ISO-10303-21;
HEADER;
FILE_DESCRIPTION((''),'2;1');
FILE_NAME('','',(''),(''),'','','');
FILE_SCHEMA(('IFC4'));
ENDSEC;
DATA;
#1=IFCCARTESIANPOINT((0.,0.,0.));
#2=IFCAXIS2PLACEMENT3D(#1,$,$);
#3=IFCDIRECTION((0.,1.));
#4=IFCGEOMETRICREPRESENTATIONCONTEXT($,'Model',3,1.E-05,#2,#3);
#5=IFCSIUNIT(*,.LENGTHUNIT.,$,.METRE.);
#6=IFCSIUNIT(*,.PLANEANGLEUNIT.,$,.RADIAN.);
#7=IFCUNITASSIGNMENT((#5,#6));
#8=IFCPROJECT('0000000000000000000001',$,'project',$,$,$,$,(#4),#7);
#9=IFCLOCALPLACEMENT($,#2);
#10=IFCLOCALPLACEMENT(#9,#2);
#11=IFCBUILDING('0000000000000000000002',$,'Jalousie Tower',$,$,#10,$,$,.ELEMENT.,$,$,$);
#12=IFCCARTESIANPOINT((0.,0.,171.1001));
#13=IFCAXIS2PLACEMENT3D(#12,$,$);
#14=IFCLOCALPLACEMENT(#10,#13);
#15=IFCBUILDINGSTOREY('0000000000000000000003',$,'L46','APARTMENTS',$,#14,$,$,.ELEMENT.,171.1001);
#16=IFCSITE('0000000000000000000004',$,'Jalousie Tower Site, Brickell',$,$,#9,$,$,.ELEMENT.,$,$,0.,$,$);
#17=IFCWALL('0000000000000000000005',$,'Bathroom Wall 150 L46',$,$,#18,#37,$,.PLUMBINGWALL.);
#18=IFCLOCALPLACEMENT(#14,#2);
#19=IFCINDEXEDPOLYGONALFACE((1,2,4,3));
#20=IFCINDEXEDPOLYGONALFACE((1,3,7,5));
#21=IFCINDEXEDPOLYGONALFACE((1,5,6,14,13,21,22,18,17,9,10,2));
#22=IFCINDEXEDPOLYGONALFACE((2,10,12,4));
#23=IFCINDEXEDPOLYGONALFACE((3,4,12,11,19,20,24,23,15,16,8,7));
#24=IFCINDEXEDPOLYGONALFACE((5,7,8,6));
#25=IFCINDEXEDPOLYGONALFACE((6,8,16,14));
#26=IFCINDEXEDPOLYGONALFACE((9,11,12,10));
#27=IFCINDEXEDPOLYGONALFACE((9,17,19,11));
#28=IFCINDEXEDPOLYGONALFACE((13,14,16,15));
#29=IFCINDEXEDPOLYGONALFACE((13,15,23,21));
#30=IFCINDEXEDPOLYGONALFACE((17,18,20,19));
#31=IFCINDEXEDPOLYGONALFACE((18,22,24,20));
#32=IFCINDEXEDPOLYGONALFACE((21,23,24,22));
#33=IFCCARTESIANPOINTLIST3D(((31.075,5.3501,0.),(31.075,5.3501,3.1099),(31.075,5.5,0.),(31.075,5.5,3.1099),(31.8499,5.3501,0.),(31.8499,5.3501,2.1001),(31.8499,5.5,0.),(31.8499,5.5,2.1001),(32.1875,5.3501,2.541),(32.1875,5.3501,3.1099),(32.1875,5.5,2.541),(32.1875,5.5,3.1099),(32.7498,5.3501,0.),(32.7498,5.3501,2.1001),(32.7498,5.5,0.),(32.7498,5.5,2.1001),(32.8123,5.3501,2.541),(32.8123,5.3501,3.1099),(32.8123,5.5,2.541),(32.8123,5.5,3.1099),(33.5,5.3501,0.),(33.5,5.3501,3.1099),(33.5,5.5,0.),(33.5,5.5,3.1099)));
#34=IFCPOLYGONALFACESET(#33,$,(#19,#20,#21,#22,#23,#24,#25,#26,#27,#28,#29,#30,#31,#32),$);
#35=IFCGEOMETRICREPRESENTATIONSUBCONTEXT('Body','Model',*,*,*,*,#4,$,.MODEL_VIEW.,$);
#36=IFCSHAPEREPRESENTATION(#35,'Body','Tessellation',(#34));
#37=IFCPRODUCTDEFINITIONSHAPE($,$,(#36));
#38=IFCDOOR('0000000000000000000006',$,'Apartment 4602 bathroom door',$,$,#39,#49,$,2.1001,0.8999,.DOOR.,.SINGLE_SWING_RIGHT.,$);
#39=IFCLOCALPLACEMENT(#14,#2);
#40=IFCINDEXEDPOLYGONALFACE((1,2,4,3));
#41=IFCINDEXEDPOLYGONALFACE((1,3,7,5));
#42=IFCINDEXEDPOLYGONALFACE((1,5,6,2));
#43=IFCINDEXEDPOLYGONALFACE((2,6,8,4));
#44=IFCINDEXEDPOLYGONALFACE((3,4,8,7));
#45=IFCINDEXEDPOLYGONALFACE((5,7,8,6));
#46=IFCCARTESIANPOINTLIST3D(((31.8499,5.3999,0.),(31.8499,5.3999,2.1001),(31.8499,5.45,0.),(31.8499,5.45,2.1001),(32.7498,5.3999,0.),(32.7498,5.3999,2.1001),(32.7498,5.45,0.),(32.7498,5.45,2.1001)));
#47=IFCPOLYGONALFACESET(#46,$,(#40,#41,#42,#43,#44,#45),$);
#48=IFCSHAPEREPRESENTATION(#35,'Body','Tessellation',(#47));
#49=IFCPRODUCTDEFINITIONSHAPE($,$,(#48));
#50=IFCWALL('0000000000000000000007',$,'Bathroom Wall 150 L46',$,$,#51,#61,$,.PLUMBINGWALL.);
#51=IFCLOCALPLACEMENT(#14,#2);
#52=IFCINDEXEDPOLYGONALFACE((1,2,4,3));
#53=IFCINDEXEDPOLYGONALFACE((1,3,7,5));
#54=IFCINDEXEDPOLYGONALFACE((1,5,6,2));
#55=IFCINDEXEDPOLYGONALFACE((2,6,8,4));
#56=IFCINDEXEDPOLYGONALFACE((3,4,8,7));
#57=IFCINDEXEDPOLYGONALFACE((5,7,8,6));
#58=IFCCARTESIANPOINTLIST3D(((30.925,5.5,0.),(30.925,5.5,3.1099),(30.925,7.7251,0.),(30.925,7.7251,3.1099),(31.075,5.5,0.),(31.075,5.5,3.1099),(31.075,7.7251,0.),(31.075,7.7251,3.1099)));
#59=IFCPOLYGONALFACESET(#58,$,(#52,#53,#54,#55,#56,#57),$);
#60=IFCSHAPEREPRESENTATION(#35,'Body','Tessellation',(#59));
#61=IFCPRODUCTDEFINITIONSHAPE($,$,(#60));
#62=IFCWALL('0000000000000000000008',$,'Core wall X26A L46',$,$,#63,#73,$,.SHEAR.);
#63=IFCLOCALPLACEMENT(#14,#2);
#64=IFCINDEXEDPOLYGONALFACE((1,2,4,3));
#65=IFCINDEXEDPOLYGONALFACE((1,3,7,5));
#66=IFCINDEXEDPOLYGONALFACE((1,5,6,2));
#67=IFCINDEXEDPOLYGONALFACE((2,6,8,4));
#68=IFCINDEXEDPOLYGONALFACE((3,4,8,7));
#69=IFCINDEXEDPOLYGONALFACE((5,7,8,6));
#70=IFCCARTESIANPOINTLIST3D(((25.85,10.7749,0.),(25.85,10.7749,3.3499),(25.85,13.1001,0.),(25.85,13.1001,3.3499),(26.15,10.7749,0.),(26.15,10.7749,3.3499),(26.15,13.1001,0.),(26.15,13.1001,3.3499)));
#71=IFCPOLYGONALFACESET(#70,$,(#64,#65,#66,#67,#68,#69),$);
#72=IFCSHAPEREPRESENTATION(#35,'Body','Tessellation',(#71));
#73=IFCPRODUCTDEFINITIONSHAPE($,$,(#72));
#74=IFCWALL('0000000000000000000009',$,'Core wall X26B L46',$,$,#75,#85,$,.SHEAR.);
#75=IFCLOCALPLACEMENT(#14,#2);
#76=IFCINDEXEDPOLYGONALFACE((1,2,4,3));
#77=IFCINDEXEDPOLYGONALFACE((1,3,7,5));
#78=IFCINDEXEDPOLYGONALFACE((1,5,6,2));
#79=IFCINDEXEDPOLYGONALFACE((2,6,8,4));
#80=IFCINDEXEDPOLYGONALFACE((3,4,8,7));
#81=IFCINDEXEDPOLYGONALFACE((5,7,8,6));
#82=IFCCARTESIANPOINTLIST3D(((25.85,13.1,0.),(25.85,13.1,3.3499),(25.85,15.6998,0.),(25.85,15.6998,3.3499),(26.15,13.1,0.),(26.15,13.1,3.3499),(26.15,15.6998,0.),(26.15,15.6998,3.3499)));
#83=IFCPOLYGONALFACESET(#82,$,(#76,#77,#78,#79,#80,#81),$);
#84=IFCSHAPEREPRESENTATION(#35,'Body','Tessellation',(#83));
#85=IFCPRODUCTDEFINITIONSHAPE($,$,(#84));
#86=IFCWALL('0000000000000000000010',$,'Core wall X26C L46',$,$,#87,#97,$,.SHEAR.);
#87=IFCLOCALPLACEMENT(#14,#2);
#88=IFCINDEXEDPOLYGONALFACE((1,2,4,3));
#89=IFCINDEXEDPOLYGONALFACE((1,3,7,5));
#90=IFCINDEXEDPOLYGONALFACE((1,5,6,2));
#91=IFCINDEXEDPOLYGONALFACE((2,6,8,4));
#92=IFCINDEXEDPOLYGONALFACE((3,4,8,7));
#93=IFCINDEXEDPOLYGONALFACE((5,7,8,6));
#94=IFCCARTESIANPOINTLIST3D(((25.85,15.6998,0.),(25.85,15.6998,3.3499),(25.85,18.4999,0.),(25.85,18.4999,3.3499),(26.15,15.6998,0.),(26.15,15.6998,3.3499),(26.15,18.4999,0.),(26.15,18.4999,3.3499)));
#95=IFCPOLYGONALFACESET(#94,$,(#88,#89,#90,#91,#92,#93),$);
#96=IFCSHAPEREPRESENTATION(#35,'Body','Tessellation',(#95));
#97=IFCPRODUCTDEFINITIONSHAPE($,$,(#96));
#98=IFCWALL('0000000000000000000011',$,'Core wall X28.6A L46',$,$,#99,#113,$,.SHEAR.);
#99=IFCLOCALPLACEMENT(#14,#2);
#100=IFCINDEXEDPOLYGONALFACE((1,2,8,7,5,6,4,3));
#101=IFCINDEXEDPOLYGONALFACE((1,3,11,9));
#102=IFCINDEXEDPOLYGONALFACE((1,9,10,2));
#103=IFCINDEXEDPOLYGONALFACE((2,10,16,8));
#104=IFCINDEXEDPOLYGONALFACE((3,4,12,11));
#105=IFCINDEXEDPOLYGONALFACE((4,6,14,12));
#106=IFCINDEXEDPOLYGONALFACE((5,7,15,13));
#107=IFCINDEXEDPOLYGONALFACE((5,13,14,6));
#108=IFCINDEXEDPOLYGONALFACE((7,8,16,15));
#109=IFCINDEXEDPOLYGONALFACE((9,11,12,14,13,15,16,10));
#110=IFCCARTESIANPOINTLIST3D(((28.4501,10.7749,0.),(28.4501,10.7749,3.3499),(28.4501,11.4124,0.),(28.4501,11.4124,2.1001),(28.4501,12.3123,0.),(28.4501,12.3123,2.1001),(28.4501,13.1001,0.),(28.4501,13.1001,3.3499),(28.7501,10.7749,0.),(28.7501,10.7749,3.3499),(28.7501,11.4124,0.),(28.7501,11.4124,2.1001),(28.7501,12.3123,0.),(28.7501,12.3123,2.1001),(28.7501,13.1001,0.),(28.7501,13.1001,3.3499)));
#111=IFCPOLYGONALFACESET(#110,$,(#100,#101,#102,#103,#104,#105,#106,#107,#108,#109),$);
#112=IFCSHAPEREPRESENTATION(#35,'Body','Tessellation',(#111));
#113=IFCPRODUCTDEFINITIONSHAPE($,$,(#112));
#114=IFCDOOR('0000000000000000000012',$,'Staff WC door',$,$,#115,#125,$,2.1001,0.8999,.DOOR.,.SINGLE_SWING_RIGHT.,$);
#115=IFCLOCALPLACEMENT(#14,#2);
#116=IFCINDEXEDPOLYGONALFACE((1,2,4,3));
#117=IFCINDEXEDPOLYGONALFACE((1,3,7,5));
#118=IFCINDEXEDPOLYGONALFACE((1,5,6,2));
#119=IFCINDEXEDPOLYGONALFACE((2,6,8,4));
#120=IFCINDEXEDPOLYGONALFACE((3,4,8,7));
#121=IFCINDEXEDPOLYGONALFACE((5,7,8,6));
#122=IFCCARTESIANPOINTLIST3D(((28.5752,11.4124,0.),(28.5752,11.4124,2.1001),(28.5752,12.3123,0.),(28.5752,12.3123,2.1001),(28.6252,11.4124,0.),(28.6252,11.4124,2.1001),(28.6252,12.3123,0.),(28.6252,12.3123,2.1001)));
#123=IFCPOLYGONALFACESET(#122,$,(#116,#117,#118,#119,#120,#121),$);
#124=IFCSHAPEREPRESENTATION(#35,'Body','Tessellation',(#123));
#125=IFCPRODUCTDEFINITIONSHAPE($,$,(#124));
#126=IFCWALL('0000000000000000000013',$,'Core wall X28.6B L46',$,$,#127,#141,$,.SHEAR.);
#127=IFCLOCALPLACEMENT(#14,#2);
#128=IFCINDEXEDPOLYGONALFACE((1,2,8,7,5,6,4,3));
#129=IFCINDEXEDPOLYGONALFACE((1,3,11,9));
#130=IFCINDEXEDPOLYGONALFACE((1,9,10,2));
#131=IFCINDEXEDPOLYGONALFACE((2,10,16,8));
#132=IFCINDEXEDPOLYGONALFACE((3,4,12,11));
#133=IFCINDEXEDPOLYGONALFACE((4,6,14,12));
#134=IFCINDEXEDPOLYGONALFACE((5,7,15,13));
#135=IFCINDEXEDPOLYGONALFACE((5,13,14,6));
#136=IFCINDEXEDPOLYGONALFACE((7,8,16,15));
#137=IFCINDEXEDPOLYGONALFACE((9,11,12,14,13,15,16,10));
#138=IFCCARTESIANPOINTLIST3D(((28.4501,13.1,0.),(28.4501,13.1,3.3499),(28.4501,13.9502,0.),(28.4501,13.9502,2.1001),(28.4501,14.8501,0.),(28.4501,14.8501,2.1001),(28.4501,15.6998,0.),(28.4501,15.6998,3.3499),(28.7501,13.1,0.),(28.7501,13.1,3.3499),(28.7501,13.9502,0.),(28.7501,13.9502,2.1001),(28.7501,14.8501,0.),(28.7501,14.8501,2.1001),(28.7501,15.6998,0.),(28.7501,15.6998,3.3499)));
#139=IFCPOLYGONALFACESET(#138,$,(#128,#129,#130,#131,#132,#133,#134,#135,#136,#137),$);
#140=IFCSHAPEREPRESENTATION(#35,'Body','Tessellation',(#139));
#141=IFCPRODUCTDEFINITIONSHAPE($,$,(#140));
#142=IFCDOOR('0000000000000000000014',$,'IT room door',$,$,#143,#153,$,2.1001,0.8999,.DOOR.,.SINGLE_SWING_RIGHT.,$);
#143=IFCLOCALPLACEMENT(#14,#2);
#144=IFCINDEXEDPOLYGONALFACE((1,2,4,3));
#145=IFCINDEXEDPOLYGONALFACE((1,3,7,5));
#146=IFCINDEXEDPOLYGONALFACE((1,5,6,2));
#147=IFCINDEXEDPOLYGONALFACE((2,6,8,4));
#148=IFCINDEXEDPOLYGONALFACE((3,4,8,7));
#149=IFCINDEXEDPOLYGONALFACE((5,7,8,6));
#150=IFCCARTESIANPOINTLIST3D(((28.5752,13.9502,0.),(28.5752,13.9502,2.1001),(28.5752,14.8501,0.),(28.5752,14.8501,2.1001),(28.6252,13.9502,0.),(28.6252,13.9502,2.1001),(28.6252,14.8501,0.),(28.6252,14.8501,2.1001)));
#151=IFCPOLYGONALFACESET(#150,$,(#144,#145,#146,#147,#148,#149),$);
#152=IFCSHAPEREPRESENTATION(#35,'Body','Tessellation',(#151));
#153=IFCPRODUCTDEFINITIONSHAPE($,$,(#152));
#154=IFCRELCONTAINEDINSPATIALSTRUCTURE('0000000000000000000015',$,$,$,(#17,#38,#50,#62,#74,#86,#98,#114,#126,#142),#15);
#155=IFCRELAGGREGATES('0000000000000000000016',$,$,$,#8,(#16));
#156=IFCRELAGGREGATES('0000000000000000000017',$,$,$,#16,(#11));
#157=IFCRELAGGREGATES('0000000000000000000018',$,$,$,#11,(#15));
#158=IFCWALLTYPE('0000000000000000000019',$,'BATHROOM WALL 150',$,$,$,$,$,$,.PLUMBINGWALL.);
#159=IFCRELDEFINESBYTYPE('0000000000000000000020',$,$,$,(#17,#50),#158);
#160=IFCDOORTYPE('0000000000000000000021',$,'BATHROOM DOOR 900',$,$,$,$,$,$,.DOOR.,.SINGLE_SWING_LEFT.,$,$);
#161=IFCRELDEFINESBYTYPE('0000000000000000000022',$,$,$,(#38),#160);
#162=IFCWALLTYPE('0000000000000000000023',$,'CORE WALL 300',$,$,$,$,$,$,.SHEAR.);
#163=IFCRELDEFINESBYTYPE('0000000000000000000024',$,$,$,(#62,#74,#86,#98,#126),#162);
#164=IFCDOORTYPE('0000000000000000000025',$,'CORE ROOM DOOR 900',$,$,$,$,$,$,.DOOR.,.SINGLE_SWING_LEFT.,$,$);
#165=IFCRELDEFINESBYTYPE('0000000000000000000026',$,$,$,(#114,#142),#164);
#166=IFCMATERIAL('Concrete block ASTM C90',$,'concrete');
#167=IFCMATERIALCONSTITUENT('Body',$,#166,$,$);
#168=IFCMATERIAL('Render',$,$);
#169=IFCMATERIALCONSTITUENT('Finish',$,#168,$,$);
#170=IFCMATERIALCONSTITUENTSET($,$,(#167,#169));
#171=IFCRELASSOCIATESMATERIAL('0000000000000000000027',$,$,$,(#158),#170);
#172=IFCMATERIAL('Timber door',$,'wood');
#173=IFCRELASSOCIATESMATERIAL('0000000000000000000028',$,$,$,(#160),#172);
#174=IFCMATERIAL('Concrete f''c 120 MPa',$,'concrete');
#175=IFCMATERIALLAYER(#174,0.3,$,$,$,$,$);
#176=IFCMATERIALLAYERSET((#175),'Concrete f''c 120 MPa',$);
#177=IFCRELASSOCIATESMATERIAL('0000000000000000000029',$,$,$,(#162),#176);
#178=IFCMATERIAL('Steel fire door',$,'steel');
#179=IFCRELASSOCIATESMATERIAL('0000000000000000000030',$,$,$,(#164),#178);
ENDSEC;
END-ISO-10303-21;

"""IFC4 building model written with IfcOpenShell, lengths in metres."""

from ifc_helpers import new_model, si_unit, direction, frame, frame_2d, origin, place, context, subcontext, project, spatial, polyline, rectangle, outline, extrude, material, layer, layer_set, constituent, constituent_set, type_object, element, fill, save


model = new_model("IFC4")

# Units and contexts
model_context = context("Model", 3, precision=1e-05, world=origin(), true_north=direction((0.0, 1.0)))
body_context = subcontext(model_context, "Body", "Model", "MODEL_VIEW")
ifc_project = project(units=[si_unit("LENGTHUNIT", "METRE"), si_unit("PLANEANGLEUNIT", "RADIAN")], contexts=[model_context])

# Site, building, storey
site_placement = place(None, origin())
site = spatial("IfcSite", under=ifc_project, at=site_placement, Name="Jalousie Tower Site, Brickell", CompositionType="ELEMENT", RefElevation=0.0)
building_placement = place(site_placement, origin())
building = spatial("IfcBuilding", under=site, at=building_placement, Name="Jalousie Tower", CompositionType="ELEMENT")
storey_placement = place(building_placement, frame((0.0, 0.0, 171.1001)))
storey = spatial("IfcBuildingStorey", under=building, at=storey_placement, Name="L46", Description="APARTMENTS", CompositionType="ELEMENT", Elevation=171.1001)

# Wall, opening, door
ifc_material_1 = material(Name="Concrete block ASTM C90", Category="concrete")
ifc_constituent_1 = constituent(ifc_material_1, Name="Body")
ifc_material_2 = material(Name="Render")
ifc_constituent_2 = constituent(ifc_material_2, Name="Finish")
ifc_constituent_set_1 = constituent_set(constituents=[ifc_constituent_1, ifc_constituent_2])
wall_type_1 = type_object("IfcWallType", Name="BATHROOM WALL 150", PredefinedType="PLUMBINGWALL", material=ifc_constituent_set_1)
wall_1_placement = place(storey_placement, frame((31.075, 5.425, 0.0), z_axis=(0.0, 0.0, 1.0), x_axis=(1.0, 0.0, 0.0)))
wall_1 = element("IfcWall", 1, at=wall_1_placement, inside=storey, type_object=wall_type_1, Name="Bathroom Wall 150 L46", PredefinedType="PLUMBINGWALL", context=body_context, shape_type="SweptSolid", body=[
    extrude(outline(polyline([(0.0, 0.0), (2.425, 0.0), (2.425, 3.1099), (1.7373, 3.1099), (1.7373, 2.541), (1.1125, 2.541), (1.1125, 3.1099), (0.0, 3.1099), (0.0, 0.0)])), frame((0.0, 0.075, 0.0), z_axis=(0.0, -1.0, 0.0), x_axis=(1.0, 0.0, 0.0)), (0.0, 0.0, 1.0), 0.1499),
])
opening_1_placement = place(wall_1_placement, frame((0.7749, 0.0, 0.0)))
opening_1 = element("IfcOpeningElement", 2, at=opening_1_placement, cuts=wall_1, PredefinedType="OPENING", context=body_context, shape_type="SweptSolid", body=[
    extrude(rectangle(XDim=0.8999, YDim=2.1001, at=frame_2d((0.45, 1.05))), frame((0.0, 0.085, 0.0), z_axis=(0.0, -1.0, 0.0), x_axis=(1.0, 0.0, 0.0)), (0.0, 0.0, 1.0), 0.1699),
])
ifc_material_3 = material(Name="Timber door", Category="wood")
door_type_1 = type_object("IfcDoorType", Name="BATHROOM DOOR 900", OperationType="SINGLE_SWING_LEFT", PredefinedType="DOOR", material=ifc_material_3)
door_1_placement = place(opening_1_placement, origin())
door_1 = element("IfcDoor", 3, at=door_1_placement, inside=storey, type_object=door_type_1, Name="Apartment 4602 bathroom door", OperationType="SINGLE_SWING_RIGHT", OverallHeight=2.1001, OverallWidth=0.8999, PredefinedType="DOOR", context=body_context, shape_type="SweptSolid", body=[
    extrude(rectangle(XDim=0.8999, YDim=2.1001, at=frame_2d((0.45, 1.05))), frame((0.0, 0.0249, 0.0), z_axis=(0.0, -1.0, 0.0), x_axis=(1.0, 0.0, 0.0)), (0.0, 0.0, 1.0), 0.05),
])
fill(opening_1, door_1)

# Walls
wall_2_placement = place(storey_placement, frame((31.0, 5.5, 0.0), z_axis=(0.0, 0.0, 1.0), x_axis=(0.0, 1.0, 0.0)))
element("IfcWall", 4, at=wall_2_placement, inside=storey, type_object=wall_type_1, Name="Bathroom Wall 150 L46", PredefinedType="PLUMBINGWALL", context=body_context, shape_type="SweptSolid", body=[
    extrude(rectangle(XDim=2.2251, YDim=0.1499, at=frame_2d((1.1125, 0.0))), origin(), (0.0, 0.0, 1.0), 3.1099),
])
ifc_material_4 = material(Name="Concrete f'c 120 MPa", Category="concrete")
ifc_layer = layer(ifc_material_4, 0.3)
ifc_layer_set = layer_set([ifc_layer], Name="Concrete f'c 120 MPa")
wall_type_2 = type_object("IfcWallType", Name="CORE WALL 300", PredefinedType="SHEAR", material=ifc_layer_set)
wall_3_placement = place(storey_placement, frame((26.0, 10.7749, 0.0), z_axis=(0.0, 0.0, 1.0), x_axis=(0.0, 1.0, 0.0)))
element("IfcWall", 5, at=wall_3_placement, inside=storey, type_object=wall_type_2, Name="Core wall X26A L46", PredefinedType="SHEAR", context=body_context, shape_type="SweptSolid", body=[
    extrude(rectangle(XDim=2.3252, YDim=0.3, at=frame_2d((1.1626, 0.0))), origin(), (0.0, 0.0, 1.0), 3.3499),
])
wall_4_placement = place(storey_placement, frame((26.0, 13.1001, 0.0), z_axis=(0.0, 0.0, 1.0), x_axis=(0.0, 1.0, 0.0)))
element("IfcWall", 6, at=wall_4_placement, inside=storey, type_object=wall_type_2, Name="Core wall X26B L46", PredefinedType="SHEAR", context=body_context, shape_type="SweptSolid", body=[
    extrude(rectangle(XDim=2.5999, YDim=0.3, at=frame_2d((1.2998, 0.0))), origin(), (0.0, 0.0, 1.0), 3.3499),
])
wall_5_placement = place(storey_placement, frame((26.0, 15.7, 0.0), z_axis=(0.0, 0.0, 1.0), x_axis=(0.0, 1.0, 0.0)))
element("IfcWall", 7, at=wall_5_placement, inside=storey, type_object=wall_type_2, Name="Core wall X26C L46", PredefinedType="SHEAR", context=body_context, shape_type="SweptSolid", body=[
    extrude(rectangle(XDim=2.8, YDim=0.3, at=frame_2d((1.3999, 0.0))), origin(), (0.0, 0.0, 1.0), 3.3499),
])

# Walls, openings, doors
wall_6_placement = place(storey_placement, frame((28.6001, 10.7749, 0.0), z_axis=(0.0, 0.0, 1.0), x_axis=(0.0, 1.0, 0.0)))
wall_6 = element("IfcWall", 8, at=wall_6_placement, inside=storey, type_object=wall_type_2, Name="Core wall X28.6A L46", PredefinedType="SHEAR", context=body_context, shape_type="SweptSolid", body=[
    extrude(rectangle(XDim=2.3252, YDim=0.3, at=frame_2d((1.1626, 0.0))), origin(), (0.0, 0.0, 1.0), 3.3499),
])
opening_2_placement = place(wall_6_placement, frame((0.6375, 0.0, 0.0)))
opening_2 = element("IfcOpeningElement", 9, at=opening_2_placement, cuts=wall_6, PredefinedType="OPENING", context=body_context, shape_type="SweptSolid", body=[
    extrude(rectangle(XDim=0.8999, YDim=2.1001, at=frame_2d((0.45, 1.05))), frame((0.0, 0.1599, 0.0), z_axis=(0.0, -1.0, 0.0), x_axis=(1.0, 0.0, 0.0)), (0.0, 0.0, 1.0), 0.3201),
])
ifc_material_5 = material(Name="Steel fire door", Category="steel")
door_type_2 = type_object("IfcDoorType", Name="CORE ROOM DOOR 900", OperationType="SINGLE_SWING_LEFT", PredefinedType="DOOR", material=ifc_material_5)
door_2_placement = place(opening_2_placement, origin())
door_2 = element("IfcDoor", 10, at=door_2_placement, inside=storey, type_object=door_type_2, Name="Staff WC door", OperationType="SINGLE_SWING_RIGHT", OverallHeight=2.1001, OverallWidth=0.8999, PredefinedType="DOOR", context=body_context, shape_type="SweptSolid", body=[
    extrude(rectangle(XDim=0.8999, YDim=2.1001, at=frame_2d((0.45, 1.05))), frame((0.0, 0.0249, 0.0), z_axis=(0.0, -1.0, 0.0), x_axis=(1.0, 0.0, 0.0)), (0.0, 0.0, 1.0), 0.05),
])
fill(opening_2, door_2)
wall_7_placement = place(storey_placement, frame((28.6001, 13.1001, 0.0), z_axis=(0.0, 0.0, 1.0), x_axis=(0.0, 1.0, 0.0)))
wall_7 = element("IfcWall", 11, at=wall_7_placement, inside=storey, type_object=wall_type_2, Name="Core wall X28.6B L46", PredefinedType="SHEAR", context=body_context, shape_type="SweptSolid", body=[
    extrude(rectangle(XDim=2.5999, YDim=0.3, at=frame_2d((1.2998, 0.0))), origin(), (0.0, 0.0, 1.0), 3.3499),
])
opening_3_placement = place(wall_7_placement, frame((0.8501, 0.0, 0.0)))
opening_3 = element("IfcOpeningElement", 12, at=opening_3_placement, cuts=wall_7, PredefinedType="OPENING", context=body_context, shape_type="SweptSolid", body=[
    extrude(rectangle(XDim=0.8999, YDim=2.1001, at=frame_2d((0.45, 1.05))), frame((0.0, 0.1599, 0.0), z_axis=(0.0, -1.0, 0.0), x_axis=(1.0, 0.0, 0.0)), (0.0, 0.0, 1.0), 0.3201),
])
door_3_placement = place(opening_3_placement, origin())
door_3 = element("IfcDoor", 13, at=door_3_placement, inside=storey, type_object=door_type_2, Name="IT room door", OperationType="SINGLE_SWING_RIGHT", OverallHeight=2.1001, OverallWidth=0.8999, PredefinedType="DOOR", context=body_context, shape_type="SweptSolid", body=[
    extrude(rectangle(XDim=0.8999, YDim=2.1001, at=frame_2d((0.45, 1.05))), frame((0.0, 0.0249, 0.0), z_axis=(0.0, -1.0, 0.0), x_axis=(1.0, 0.0, 0.0)), (0.0, 0.0, 1.0), 0.05),
])
fill(opening_3, door_3)

save(model, "model.ifc")
